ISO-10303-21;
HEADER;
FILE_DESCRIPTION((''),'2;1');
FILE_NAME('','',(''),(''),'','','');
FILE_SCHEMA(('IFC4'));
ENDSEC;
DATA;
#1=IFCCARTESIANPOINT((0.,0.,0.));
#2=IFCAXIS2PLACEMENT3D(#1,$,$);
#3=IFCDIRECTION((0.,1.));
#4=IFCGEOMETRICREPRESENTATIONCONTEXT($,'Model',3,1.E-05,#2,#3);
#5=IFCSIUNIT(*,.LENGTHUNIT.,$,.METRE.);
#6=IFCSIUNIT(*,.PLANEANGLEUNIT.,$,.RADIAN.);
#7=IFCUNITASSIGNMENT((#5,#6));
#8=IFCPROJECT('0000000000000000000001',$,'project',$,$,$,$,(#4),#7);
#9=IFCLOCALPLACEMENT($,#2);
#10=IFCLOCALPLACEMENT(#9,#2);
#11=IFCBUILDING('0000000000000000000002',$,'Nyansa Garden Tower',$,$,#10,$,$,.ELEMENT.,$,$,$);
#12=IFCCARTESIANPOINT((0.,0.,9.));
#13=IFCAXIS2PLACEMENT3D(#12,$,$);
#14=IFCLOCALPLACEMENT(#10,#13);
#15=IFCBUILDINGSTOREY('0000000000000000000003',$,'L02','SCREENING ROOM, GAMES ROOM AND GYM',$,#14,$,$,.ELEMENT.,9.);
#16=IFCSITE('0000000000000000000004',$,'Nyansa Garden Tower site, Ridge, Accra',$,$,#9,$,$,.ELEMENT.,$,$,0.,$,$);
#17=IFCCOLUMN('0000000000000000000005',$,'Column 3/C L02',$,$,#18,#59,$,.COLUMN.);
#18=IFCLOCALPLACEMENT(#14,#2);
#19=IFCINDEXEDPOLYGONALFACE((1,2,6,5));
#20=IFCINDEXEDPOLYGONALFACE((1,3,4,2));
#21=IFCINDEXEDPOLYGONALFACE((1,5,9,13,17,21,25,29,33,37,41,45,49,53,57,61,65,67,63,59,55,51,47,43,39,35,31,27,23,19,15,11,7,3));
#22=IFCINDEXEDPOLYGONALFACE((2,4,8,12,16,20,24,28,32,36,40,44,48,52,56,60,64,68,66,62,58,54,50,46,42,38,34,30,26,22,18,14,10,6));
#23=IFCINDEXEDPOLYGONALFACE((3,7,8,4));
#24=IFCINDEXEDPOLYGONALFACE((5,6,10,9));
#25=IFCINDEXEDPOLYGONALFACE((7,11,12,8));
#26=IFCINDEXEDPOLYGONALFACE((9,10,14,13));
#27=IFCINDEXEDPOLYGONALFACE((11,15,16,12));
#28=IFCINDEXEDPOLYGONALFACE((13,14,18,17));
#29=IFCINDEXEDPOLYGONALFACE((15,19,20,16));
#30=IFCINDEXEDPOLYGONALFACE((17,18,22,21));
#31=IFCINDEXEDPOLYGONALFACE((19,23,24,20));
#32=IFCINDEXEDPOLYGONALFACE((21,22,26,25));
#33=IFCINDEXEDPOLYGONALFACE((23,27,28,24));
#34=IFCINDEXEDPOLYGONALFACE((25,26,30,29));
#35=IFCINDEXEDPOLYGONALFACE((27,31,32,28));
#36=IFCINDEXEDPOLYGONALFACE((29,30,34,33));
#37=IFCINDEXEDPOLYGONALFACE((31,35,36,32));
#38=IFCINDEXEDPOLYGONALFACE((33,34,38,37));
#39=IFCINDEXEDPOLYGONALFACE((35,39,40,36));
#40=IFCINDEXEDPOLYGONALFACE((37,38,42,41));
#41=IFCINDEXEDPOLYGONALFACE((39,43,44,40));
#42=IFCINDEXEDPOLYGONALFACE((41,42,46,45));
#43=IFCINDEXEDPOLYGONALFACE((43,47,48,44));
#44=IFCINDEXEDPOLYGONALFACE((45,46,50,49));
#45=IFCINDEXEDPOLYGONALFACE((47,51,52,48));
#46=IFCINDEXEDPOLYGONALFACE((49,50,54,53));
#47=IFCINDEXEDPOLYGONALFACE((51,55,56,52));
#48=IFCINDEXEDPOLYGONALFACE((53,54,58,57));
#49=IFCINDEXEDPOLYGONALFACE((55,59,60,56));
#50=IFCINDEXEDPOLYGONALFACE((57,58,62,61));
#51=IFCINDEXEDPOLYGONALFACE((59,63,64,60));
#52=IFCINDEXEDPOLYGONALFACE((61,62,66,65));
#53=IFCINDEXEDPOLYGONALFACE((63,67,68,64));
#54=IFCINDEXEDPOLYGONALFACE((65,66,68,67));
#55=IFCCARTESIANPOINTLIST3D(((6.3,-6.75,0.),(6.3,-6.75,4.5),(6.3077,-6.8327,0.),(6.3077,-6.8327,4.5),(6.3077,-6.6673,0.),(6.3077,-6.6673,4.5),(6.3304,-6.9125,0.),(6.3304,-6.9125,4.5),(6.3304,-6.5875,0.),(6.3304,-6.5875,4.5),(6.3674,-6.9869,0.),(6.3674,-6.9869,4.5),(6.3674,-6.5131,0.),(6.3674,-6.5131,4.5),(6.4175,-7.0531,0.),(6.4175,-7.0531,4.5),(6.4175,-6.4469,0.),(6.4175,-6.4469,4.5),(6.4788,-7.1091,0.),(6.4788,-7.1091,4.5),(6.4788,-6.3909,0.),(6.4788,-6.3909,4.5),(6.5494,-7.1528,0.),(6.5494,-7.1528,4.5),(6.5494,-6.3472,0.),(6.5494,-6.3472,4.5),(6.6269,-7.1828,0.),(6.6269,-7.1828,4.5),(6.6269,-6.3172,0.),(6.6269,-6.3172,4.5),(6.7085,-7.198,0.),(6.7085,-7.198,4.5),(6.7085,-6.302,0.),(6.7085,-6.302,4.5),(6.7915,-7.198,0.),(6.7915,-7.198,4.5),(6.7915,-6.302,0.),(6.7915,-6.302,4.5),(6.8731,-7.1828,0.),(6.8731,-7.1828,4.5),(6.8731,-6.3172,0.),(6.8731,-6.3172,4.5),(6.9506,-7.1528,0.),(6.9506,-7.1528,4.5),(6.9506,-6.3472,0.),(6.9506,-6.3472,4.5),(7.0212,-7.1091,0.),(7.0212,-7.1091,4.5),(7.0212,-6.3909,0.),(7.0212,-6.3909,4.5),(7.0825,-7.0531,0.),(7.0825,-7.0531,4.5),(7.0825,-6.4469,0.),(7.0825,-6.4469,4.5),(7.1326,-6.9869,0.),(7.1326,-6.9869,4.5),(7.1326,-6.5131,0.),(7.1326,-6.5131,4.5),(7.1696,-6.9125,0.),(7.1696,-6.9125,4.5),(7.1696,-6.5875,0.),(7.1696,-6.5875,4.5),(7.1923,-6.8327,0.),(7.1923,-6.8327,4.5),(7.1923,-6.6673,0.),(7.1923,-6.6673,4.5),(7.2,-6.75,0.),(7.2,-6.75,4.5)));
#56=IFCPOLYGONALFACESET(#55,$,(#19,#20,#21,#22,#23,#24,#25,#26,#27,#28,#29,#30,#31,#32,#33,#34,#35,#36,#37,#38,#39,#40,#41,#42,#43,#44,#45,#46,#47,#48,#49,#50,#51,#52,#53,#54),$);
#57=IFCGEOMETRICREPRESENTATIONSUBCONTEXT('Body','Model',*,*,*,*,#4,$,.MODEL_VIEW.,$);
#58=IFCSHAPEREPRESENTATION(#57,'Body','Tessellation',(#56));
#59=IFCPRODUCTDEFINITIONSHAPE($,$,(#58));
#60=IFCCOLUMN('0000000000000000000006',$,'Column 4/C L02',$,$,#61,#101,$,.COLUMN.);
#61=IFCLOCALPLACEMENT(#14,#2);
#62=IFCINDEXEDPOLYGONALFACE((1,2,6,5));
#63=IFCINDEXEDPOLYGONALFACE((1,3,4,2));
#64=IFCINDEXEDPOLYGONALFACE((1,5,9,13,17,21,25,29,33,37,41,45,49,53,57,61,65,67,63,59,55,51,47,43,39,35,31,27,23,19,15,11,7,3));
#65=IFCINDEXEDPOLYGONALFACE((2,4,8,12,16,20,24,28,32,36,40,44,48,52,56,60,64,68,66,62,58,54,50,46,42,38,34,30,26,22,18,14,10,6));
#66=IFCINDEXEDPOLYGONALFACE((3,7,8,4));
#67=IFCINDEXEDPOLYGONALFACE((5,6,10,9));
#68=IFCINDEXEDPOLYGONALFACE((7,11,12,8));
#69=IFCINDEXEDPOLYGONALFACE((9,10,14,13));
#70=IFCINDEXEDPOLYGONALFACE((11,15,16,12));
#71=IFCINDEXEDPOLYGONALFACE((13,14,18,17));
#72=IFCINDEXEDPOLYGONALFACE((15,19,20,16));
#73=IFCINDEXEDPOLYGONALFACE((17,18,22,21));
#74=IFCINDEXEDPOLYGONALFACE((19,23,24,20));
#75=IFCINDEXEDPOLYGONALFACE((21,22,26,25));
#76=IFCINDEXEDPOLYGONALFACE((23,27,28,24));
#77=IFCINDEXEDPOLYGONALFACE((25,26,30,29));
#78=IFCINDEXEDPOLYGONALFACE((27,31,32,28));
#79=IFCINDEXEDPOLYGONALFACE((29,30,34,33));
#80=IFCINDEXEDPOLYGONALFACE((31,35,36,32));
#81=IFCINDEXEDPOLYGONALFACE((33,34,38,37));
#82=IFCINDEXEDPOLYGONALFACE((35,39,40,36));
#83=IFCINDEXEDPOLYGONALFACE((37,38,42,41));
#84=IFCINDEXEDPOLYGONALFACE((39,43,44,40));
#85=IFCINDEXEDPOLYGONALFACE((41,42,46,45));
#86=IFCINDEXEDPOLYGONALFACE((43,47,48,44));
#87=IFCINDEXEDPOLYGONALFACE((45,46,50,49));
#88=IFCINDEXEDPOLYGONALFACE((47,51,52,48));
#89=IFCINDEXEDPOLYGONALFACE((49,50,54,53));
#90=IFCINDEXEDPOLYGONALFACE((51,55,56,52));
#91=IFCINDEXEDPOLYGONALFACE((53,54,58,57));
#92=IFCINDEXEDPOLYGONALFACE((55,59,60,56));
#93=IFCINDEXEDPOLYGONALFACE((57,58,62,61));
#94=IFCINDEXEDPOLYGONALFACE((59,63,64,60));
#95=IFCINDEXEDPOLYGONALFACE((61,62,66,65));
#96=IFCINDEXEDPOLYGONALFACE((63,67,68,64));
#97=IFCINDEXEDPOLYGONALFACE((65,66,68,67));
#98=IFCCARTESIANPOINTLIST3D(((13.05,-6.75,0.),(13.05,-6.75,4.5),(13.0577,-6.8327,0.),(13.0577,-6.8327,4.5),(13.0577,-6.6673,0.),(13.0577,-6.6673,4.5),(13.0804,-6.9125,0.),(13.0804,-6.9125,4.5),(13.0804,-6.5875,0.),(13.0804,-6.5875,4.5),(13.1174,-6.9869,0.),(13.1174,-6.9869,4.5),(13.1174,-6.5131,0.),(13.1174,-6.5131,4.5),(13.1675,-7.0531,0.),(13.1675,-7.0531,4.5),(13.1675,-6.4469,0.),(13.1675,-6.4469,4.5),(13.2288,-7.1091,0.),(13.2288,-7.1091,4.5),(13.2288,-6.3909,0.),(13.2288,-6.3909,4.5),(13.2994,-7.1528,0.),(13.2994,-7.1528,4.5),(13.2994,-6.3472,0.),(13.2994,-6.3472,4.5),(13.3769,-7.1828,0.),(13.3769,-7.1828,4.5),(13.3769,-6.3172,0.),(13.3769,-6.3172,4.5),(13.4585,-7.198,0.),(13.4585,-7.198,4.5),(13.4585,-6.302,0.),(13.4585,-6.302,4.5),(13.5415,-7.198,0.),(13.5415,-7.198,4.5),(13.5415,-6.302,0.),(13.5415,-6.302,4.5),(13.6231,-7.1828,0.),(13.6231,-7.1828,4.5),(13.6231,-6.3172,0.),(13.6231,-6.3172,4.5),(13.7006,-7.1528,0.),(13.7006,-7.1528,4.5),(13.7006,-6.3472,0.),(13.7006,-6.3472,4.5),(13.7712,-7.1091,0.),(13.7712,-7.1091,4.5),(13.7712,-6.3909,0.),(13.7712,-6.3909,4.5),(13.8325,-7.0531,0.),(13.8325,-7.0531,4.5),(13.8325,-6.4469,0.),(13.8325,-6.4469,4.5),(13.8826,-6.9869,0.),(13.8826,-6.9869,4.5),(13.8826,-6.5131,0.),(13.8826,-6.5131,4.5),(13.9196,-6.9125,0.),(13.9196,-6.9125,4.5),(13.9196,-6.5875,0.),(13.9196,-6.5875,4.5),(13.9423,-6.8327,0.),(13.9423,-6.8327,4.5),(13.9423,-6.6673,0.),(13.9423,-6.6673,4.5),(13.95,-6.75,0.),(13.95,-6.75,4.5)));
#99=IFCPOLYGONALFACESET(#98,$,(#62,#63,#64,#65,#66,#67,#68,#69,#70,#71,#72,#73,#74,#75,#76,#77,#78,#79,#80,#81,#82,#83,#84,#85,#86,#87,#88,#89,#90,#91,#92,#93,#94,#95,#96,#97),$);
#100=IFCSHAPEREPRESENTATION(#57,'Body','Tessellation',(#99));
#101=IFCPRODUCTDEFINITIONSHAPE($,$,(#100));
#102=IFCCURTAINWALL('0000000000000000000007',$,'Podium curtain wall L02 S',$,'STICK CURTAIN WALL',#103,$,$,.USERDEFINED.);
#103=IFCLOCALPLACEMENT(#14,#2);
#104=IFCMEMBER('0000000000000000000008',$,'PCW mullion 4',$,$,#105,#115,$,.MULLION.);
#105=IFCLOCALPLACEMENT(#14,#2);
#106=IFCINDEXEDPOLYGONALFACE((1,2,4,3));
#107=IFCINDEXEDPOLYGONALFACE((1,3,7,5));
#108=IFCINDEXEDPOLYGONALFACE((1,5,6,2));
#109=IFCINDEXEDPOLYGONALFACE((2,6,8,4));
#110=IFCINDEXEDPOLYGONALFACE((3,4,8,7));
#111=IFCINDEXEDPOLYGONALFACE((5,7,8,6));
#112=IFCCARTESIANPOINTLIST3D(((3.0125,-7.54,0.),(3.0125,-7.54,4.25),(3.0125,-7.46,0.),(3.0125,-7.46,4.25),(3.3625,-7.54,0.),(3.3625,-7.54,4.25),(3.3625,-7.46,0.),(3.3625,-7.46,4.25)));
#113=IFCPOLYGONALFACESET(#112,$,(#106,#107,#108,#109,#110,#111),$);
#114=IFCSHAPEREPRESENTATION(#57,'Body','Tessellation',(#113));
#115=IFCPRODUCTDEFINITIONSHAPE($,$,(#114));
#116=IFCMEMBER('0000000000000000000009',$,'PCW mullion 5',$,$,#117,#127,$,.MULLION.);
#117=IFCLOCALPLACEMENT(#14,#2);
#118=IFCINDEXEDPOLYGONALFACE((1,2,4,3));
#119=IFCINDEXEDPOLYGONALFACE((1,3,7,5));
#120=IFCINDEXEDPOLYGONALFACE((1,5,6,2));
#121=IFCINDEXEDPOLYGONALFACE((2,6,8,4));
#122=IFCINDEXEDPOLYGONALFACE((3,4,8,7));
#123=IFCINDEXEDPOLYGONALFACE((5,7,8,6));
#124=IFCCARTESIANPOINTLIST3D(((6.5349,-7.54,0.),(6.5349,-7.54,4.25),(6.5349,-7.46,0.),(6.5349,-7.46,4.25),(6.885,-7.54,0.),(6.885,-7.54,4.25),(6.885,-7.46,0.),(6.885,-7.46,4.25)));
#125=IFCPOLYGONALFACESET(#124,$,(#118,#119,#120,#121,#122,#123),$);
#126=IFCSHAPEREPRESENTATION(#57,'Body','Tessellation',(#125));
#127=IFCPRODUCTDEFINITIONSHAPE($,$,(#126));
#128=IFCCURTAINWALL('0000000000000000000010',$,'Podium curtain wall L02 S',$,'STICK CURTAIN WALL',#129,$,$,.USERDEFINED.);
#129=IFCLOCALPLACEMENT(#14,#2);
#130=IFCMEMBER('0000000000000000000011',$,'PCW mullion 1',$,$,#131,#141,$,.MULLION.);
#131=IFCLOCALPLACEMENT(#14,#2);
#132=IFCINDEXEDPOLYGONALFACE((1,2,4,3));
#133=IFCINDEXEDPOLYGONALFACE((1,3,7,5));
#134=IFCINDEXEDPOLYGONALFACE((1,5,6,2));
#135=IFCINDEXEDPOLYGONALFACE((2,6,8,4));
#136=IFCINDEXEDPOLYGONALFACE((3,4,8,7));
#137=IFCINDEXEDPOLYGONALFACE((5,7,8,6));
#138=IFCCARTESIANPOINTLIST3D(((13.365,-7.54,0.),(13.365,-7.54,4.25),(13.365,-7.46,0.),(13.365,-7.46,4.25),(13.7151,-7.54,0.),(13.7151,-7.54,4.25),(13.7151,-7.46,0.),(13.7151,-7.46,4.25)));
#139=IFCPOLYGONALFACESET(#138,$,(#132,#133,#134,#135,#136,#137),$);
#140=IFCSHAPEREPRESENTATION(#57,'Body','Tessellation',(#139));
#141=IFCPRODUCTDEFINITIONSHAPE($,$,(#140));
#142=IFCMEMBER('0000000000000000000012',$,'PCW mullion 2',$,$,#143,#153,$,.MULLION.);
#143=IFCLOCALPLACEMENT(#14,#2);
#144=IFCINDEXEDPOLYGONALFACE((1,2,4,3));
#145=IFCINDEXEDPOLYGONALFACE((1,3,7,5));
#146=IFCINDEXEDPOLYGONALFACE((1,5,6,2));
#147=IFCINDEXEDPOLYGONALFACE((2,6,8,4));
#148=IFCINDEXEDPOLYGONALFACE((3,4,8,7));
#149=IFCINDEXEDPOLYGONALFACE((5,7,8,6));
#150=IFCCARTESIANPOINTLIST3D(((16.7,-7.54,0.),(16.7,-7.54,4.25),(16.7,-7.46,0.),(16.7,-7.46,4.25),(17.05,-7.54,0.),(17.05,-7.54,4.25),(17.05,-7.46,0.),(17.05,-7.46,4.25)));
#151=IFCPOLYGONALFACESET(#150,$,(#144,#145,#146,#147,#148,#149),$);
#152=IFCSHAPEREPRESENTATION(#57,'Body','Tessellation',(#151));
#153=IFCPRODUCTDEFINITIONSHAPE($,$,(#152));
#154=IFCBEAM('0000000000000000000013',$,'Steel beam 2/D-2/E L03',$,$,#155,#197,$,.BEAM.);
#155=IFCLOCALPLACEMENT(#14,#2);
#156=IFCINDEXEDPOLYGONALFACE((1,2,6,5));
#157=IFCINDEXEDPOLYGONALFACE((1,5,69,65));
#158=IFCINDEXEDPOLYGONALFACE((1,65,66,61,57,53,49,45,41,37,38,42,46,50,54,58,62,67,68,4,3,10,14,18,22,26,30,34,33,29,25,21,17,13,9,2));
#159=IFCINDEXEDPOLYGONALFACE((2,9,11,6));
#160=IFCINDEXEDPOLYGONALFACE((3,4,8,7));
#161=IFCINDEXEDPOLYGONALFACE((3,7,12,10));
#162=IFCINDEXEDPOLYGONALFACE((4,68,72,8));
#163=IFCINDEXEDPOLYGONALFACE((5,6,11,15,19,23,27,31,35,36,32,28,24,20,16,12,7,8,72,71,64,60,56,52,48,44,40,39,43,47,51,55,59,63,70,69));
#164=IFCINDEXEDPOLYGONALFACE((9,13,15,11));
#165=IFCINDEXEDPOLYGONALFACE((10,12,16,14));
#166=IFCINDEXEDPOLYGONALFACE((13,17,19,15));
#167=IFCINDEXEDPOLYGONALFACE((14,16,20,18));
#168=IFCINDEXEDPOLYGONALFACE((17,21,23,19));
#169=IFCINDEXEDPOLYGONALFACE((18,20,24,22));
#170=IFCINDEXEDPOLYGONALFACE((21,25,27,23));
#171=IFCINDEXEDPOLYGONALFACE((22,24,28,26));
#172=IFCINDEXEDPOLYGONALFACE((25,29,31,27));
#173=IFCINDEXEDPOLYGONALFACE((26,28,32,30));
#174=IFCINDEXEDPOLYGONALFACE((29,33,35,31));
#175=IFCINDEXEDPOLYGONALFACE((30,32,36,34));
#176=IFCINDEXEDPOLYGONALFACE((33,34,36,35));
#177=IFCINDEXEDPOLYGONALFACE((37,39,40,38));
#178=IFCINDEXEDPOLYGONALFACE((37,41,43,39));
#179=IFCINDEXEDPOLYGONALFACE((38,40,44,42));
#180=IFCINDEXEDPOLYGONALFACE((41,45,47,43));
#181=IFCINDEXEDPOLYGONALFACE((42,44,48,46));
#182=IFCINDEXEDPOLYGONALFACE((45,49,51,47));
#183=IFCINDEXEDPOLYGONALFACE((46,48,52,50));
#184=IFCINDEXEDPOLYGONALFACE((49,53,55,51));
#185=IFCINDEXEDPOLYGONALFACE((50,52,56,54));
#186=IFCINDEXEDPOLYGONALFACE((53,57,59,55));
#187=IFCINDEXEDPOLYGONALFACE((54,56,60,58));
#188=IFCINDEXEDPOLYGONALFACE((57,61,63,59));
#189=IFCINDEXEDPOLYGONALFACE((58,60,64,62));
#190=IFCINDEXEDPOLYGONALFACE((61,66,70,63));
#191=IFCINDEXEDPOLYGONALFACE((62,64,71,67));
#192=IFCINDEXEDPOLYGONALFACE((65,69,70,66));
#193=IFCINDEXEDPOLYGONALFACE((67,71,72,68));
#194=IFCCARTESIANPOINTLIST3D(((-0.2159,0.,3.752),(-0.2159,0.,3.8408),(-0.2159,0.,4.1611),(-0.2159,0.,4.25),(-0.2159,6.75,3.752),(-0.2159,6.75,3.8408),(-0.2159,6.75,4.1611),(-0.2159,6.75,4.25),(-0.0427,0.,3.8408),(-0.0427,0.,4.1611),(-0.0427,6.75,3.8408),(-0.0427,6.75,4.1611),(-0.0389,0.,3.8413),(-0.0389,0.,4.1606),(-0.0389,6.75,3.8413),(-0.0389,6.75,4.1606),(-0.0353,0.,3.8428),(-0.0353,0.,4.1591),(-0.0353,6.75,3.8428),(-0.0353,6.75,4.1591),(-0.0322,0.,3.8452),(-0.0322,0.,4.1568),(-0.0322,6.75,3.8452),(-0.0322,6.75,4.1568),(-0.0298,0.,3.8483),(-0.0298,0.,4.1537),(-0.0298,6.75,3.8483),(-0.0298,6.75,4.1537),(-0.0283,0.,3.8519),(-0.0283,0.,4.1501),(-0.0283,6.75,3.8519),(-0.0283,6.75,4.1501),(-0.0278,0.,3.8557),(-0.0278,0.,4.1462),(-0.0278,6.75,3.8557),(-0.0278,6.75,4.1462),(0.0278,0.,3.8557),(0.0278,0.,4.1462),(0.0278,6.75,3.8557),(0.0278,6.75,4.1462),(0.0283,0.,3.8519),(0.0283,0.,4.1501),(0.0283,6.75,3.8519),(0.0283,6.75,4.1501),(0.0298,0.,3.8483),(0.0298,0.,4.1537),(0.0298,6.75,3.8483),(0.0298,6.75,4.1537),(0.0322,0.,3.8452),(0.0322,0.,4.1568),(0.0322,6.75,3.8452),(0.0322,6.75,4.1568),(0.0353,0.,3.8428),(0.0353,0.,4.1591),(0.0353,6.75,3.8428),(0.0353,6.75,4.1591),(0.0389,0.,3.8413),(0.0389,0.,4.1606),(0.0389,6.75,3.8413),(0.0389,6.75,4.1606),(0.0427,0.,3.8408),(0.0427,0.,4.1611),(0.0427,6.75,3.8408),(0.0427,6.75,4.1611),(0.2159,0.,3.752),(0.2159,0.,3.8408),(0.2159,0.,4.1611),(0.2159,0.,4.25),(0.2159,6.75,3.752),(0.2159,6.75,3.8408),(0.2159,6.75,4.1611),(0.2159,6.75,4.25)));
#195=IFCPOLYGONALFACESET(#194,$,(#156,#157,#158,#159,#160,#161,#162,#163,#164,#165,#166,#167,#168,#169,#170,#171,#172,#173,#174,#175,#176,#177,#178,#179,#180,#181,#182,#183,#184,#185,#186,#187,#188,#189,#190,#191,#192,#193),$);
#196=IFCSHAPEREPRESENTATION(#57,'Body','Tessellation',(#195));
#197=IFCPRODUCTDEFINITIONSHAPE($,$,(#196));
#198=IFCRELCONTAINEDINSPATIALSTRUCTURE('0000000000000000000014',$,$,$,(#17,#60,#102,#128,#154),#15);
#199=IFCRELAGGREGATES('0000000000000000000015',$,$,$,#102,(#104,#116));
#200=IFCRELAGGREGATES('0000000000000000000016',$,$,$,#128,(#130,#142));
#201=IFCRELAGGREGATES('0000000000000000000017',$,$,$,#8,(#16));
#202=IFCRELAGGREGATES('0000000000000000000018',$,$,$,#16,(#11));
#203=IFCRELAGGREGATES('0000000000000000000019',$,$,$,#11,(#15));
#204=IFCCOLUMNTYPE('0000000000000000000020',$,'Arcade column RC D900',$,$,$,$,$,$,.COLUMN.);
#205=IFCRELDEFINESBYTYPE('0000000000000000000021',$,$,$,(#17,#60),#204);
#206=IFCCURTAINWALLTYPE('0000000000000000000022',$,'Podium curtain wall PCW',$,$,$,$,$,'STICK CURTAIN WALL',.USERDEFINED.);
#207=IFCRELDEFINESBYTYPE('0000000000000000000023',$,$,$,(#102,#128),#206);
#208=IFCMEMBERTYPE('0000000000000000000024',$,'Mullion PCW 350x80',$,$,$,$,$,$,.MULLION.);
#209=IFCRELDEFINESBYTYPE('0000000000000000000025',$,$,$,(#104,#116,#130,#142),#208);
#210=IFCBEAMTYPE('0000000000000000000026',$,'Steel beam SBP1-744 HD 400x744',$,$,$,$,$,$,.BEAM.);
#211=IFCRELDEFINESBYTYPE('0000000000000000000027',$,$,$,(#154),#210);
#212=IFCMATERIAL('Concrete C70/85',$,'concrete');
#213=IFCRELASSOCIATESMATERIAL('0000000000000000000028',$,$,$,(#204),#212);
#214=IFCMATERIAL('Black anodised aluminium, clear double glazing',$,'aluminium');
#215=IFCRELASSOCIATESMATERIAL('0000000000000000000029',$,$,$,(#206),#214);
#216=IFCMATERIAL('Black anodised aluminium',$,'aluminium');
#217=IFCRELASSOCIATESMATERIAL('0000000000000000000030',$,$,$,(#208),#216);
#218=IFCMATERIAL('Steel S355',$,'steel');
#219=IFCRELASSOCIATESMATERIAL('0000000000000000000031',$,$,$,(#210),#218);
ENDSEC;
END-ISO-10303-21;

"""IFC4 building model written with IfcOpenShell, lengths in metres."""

from ifc_helpers import new_model, si_unit, direction, frame, origin, origin_2d, place, context, subcontext, project, spatial, rectangle, circle, i_section, extrude, material, material_profile, profile_set, type_object, element, aggregate, save


model = new_model("IFC4")

# Units and contexts
model_context = context("Model", 3, precision=1e-05, world=origin(), true_north=direction((0.0, 1.0)))
body_context = subcontext(model_context, "Body", "Model", "MODEL_VIEW")
ifc_project = project(units=[si_unit("LENGTHUNIT", "METRE"), si_unit("PLANEANGLEUNIT", "RADIAN")], contexts=[model_context])

# Site, building, storey
site_placement = place(None, origin())
site = spatial("IfcSite", under=ifc_project, at=site_placement, Name="Nyansa Garden Tower site, Ridge, Accra", CompositionType="ELEMENT", RefElevation=0.0)
building_placement = place(site_placement, origin())
building = spatial("IfcBuilding", under=site, at=building_placement, Name="Nyansa Garden Tower", CompositionType="ELEMENT")
storey_placement = place(building_placement, frame((0.0, 0.0, 9.0)))
storey = spatial("IfcBuildingStorey", under=building, at=storey_placement, Name="L02", Description="SCREENING ROOM, GAMES ROOM AND GYM", CompositionType="ELEMENT", Elevation=9.0)

# Columns
ifc_material_1 = material(Name="Concrete C70/85", Category="concrete")
ifc_material_profile_1 = material_profile(ifc_material_1, circle(Radius=0.45, at=origin_2d()), Name="RC D900")
ifc_profile_set_1 = profile_set([ifc_material_profile_1], Name="Concrete C70/85")
column_type = type_object("IfcColumnType", Name="Arcade column RC D900", PredefinedType="COLUMN", material=ifc_profile_set_1)
for number, where, z_axis, x_axis, name in (
    (1, (6.75, -6.75, 0.0), (0.0, 0.0, 1.0), (1.0, 0.0, 0.0), "Column 3/C L02"),
    (2, (13.5, -6.75, 0.0), (0.0, 0.0, 1.0), (1.0, 0.0, 0.0), "Column 4/C L02"),
):
    element("IfcColumn", number, at=place(storey_placement, frame(where, z_axis=z_axis, x_axis=x_axis)), inside=storey, type_object=column_type, Name=name, PredefinedType="COLUMN", context=body_context, shape_type="SweptSolid", body=[
        extrude(circle(Radius=0.45, at=origin_2d()), origin(), (0.0, 0.0, 1.0), 4.5),
    ])

# Curtain walls, members
ifc_material_2 = material(Name="Black anodised aluminium, clear double glazing", Category="aluminium")
curtain_wall_type = type_object("IfcCurtainWallType", Name="Podium curtain wall PCW", ElementType="STICK CURTAIN WALL", PredefinedType="USERDEFINED", material=ifc_material_2)
curtain_wall_1_placement = place(storey_placement, origin())
curtain_wall_1 = element("IfcCurtainWall", 3, at=curtain_wall_1_placement, inside=storey, type_object=curtain_wall_type, Name="Podium curtain wall L02 S", ObjectType="STICK CURTAIN WALL", PredefinedType="USERDEFINED")
ifc_material_3 = material(Name="Black anodised aluminium", Category="aluminium")
ifc_material_profile_2 = material_profile(ifc_material_3, rectangle(XDim=0.0801, YDim=0.3501, at=origin_2d()), Name="Mullion 350x80")
ifc_profile_set_2 = profile_set([ifc_material_profile_2], Name="Black anodised aluminium")
member_type_1 = type_object("IfcMemberType", Name="Mullion PCW 350x80", PredefinedType="MULLION", material=ifc_profile_set_2)
member_1_placement = place(storey_placement, frame((3.1875, -7.5, 0.0), z_axis=(0.0, 0.0, 1.0), x_axis=(0.0, 1.0, 0.0)))
member_1 = element("IfcMember", 4, at=member_1_placement, type_object=member_type_1, Name="PCW mullion 4", PredefinedType="MULLION", context=body_context, shape_type="SweptSolid", body=[
    extrude(rectangle(XDim=0.0801, YDim=0.3501, at=origin_2d()), origin(), (0.0, 0.0, 1.0), 4.25),
])
member_2_placement = place(storey_placement, frame((6.71, -7.5, 0.0), z_axis=(0.0, 0.0, 1.0), x_axis=(0.0, 1.0, 0.0)))
member_2 = element("IfcMember", 5, at=member_2_placement, type_object=member_type_1, Name="PCW mullion 5", PredefinedType="MULLION", context=body_context, shape_type="SweptSolid", body=[
    extrude(rectangle(XDim=0.0801, YDim=0.3501, at=origin_2d()), origin(), (0.0, 0.0, 1.0), 4.25),
])
curtain_wall_2_placement = place(storey_placement, origin())
curtain_wall_2 = element("IfcCurtainWall", 6, at=curtain_wall_2_placement, inside=storey, type_object=curtain_wall_type, Name="Podium curtain wall L02 S", ObjectType="STICK CURTAIN WALL", PredefinedType="USERDEFINED")
member_3_placement = place(storey_placement, frame((13.54, -7.5, 0.0), z_axis=(0.0, 0.0, 1.0), x_axis=(0.0, 1.0, 0.0)))
member_3 = element("IfcMember", 7, at=member_3_placement, type_object=member_type_1, Name="PCW mullion 1", PredefinedType="MULLION", context=body_context, shape_type="SweptSolid", body=[
    extrude(rectangle(XDim=0.0801, YDim=0.3501, at=origin_2d()), origin(), (0.0, 0.0, 1.0), 4.25),
])
member_4_placement = place(storey_placement, frame((16.875, -7.5, 0.0), z_axis=(0.0, 0.0, 1.0), x_axis=(0.0, 1.0, 0.0)))
member_4 = element("IfcMember", 8, at=member_4_placement, type_object=member_type_1, Name="PCW mullion 2", PredefinedType="MULLION", context=body_context, shape_type="SweptSolid", body=[
    extrude(rectangle(XDim=0.0801, YDim=0.3501, at=origin_2d()), origin(), (0.0, 0.0, 1.0), 4.25),
])

# Beam
ifc_material_4 = material(Name="Steel S355", Category="steel")
ifc_material_profile_3 = material_profile(ifc_material_4, i_section(OverallWidth=0.4319, OverallDepth=0.498, WebThickness=0.0557, FlangeThickness=0.0889, FilletRadius=0.0149, at=origin_2d()), Name="HD 400x744")
ifc_profile_set_3 = profile_set([ifc_material_profile_3], Name="Steel S355")
beam_type_1 = type_object("IfcBeamType", Name="Steel beam SBP1-744 HD 400x744", PredefinedType="BEAM", material=ifc_profile_set_3)
for number, where, z_axis, x_axis, name in (
    (9, (0.0, 0.0, 4.001), (0.0, 1.0, 0.0), (-1.0, 0.0, 0.0), "Steel beam 2/D-2/E L03"),
):
    element("IfcBeam", number, at=place(storey_placement, frame(where, z_axis=z_axis, x_axis=x_axis)), inside=storey, type_object=beam_type_1, Name=name, PredefinedType="BEAM", context=body_context, shape_type="SweptSolid", body=[
        extrude(i_section(OverallWidth=0.4319, OverallDepth=0.498, WebThickness=0.0557, FlangeThickness=0.0889, FilletRadius=0.0149, at=origin_2d()), origin(), (0.0, 0.0, 1.0), 6.75),
    ])

aggregate(curtain_wall_1, [member_1, member_2])
aggregate(curtain_wall_2, [member_3, member_4])

save(model, "model.ifc")
